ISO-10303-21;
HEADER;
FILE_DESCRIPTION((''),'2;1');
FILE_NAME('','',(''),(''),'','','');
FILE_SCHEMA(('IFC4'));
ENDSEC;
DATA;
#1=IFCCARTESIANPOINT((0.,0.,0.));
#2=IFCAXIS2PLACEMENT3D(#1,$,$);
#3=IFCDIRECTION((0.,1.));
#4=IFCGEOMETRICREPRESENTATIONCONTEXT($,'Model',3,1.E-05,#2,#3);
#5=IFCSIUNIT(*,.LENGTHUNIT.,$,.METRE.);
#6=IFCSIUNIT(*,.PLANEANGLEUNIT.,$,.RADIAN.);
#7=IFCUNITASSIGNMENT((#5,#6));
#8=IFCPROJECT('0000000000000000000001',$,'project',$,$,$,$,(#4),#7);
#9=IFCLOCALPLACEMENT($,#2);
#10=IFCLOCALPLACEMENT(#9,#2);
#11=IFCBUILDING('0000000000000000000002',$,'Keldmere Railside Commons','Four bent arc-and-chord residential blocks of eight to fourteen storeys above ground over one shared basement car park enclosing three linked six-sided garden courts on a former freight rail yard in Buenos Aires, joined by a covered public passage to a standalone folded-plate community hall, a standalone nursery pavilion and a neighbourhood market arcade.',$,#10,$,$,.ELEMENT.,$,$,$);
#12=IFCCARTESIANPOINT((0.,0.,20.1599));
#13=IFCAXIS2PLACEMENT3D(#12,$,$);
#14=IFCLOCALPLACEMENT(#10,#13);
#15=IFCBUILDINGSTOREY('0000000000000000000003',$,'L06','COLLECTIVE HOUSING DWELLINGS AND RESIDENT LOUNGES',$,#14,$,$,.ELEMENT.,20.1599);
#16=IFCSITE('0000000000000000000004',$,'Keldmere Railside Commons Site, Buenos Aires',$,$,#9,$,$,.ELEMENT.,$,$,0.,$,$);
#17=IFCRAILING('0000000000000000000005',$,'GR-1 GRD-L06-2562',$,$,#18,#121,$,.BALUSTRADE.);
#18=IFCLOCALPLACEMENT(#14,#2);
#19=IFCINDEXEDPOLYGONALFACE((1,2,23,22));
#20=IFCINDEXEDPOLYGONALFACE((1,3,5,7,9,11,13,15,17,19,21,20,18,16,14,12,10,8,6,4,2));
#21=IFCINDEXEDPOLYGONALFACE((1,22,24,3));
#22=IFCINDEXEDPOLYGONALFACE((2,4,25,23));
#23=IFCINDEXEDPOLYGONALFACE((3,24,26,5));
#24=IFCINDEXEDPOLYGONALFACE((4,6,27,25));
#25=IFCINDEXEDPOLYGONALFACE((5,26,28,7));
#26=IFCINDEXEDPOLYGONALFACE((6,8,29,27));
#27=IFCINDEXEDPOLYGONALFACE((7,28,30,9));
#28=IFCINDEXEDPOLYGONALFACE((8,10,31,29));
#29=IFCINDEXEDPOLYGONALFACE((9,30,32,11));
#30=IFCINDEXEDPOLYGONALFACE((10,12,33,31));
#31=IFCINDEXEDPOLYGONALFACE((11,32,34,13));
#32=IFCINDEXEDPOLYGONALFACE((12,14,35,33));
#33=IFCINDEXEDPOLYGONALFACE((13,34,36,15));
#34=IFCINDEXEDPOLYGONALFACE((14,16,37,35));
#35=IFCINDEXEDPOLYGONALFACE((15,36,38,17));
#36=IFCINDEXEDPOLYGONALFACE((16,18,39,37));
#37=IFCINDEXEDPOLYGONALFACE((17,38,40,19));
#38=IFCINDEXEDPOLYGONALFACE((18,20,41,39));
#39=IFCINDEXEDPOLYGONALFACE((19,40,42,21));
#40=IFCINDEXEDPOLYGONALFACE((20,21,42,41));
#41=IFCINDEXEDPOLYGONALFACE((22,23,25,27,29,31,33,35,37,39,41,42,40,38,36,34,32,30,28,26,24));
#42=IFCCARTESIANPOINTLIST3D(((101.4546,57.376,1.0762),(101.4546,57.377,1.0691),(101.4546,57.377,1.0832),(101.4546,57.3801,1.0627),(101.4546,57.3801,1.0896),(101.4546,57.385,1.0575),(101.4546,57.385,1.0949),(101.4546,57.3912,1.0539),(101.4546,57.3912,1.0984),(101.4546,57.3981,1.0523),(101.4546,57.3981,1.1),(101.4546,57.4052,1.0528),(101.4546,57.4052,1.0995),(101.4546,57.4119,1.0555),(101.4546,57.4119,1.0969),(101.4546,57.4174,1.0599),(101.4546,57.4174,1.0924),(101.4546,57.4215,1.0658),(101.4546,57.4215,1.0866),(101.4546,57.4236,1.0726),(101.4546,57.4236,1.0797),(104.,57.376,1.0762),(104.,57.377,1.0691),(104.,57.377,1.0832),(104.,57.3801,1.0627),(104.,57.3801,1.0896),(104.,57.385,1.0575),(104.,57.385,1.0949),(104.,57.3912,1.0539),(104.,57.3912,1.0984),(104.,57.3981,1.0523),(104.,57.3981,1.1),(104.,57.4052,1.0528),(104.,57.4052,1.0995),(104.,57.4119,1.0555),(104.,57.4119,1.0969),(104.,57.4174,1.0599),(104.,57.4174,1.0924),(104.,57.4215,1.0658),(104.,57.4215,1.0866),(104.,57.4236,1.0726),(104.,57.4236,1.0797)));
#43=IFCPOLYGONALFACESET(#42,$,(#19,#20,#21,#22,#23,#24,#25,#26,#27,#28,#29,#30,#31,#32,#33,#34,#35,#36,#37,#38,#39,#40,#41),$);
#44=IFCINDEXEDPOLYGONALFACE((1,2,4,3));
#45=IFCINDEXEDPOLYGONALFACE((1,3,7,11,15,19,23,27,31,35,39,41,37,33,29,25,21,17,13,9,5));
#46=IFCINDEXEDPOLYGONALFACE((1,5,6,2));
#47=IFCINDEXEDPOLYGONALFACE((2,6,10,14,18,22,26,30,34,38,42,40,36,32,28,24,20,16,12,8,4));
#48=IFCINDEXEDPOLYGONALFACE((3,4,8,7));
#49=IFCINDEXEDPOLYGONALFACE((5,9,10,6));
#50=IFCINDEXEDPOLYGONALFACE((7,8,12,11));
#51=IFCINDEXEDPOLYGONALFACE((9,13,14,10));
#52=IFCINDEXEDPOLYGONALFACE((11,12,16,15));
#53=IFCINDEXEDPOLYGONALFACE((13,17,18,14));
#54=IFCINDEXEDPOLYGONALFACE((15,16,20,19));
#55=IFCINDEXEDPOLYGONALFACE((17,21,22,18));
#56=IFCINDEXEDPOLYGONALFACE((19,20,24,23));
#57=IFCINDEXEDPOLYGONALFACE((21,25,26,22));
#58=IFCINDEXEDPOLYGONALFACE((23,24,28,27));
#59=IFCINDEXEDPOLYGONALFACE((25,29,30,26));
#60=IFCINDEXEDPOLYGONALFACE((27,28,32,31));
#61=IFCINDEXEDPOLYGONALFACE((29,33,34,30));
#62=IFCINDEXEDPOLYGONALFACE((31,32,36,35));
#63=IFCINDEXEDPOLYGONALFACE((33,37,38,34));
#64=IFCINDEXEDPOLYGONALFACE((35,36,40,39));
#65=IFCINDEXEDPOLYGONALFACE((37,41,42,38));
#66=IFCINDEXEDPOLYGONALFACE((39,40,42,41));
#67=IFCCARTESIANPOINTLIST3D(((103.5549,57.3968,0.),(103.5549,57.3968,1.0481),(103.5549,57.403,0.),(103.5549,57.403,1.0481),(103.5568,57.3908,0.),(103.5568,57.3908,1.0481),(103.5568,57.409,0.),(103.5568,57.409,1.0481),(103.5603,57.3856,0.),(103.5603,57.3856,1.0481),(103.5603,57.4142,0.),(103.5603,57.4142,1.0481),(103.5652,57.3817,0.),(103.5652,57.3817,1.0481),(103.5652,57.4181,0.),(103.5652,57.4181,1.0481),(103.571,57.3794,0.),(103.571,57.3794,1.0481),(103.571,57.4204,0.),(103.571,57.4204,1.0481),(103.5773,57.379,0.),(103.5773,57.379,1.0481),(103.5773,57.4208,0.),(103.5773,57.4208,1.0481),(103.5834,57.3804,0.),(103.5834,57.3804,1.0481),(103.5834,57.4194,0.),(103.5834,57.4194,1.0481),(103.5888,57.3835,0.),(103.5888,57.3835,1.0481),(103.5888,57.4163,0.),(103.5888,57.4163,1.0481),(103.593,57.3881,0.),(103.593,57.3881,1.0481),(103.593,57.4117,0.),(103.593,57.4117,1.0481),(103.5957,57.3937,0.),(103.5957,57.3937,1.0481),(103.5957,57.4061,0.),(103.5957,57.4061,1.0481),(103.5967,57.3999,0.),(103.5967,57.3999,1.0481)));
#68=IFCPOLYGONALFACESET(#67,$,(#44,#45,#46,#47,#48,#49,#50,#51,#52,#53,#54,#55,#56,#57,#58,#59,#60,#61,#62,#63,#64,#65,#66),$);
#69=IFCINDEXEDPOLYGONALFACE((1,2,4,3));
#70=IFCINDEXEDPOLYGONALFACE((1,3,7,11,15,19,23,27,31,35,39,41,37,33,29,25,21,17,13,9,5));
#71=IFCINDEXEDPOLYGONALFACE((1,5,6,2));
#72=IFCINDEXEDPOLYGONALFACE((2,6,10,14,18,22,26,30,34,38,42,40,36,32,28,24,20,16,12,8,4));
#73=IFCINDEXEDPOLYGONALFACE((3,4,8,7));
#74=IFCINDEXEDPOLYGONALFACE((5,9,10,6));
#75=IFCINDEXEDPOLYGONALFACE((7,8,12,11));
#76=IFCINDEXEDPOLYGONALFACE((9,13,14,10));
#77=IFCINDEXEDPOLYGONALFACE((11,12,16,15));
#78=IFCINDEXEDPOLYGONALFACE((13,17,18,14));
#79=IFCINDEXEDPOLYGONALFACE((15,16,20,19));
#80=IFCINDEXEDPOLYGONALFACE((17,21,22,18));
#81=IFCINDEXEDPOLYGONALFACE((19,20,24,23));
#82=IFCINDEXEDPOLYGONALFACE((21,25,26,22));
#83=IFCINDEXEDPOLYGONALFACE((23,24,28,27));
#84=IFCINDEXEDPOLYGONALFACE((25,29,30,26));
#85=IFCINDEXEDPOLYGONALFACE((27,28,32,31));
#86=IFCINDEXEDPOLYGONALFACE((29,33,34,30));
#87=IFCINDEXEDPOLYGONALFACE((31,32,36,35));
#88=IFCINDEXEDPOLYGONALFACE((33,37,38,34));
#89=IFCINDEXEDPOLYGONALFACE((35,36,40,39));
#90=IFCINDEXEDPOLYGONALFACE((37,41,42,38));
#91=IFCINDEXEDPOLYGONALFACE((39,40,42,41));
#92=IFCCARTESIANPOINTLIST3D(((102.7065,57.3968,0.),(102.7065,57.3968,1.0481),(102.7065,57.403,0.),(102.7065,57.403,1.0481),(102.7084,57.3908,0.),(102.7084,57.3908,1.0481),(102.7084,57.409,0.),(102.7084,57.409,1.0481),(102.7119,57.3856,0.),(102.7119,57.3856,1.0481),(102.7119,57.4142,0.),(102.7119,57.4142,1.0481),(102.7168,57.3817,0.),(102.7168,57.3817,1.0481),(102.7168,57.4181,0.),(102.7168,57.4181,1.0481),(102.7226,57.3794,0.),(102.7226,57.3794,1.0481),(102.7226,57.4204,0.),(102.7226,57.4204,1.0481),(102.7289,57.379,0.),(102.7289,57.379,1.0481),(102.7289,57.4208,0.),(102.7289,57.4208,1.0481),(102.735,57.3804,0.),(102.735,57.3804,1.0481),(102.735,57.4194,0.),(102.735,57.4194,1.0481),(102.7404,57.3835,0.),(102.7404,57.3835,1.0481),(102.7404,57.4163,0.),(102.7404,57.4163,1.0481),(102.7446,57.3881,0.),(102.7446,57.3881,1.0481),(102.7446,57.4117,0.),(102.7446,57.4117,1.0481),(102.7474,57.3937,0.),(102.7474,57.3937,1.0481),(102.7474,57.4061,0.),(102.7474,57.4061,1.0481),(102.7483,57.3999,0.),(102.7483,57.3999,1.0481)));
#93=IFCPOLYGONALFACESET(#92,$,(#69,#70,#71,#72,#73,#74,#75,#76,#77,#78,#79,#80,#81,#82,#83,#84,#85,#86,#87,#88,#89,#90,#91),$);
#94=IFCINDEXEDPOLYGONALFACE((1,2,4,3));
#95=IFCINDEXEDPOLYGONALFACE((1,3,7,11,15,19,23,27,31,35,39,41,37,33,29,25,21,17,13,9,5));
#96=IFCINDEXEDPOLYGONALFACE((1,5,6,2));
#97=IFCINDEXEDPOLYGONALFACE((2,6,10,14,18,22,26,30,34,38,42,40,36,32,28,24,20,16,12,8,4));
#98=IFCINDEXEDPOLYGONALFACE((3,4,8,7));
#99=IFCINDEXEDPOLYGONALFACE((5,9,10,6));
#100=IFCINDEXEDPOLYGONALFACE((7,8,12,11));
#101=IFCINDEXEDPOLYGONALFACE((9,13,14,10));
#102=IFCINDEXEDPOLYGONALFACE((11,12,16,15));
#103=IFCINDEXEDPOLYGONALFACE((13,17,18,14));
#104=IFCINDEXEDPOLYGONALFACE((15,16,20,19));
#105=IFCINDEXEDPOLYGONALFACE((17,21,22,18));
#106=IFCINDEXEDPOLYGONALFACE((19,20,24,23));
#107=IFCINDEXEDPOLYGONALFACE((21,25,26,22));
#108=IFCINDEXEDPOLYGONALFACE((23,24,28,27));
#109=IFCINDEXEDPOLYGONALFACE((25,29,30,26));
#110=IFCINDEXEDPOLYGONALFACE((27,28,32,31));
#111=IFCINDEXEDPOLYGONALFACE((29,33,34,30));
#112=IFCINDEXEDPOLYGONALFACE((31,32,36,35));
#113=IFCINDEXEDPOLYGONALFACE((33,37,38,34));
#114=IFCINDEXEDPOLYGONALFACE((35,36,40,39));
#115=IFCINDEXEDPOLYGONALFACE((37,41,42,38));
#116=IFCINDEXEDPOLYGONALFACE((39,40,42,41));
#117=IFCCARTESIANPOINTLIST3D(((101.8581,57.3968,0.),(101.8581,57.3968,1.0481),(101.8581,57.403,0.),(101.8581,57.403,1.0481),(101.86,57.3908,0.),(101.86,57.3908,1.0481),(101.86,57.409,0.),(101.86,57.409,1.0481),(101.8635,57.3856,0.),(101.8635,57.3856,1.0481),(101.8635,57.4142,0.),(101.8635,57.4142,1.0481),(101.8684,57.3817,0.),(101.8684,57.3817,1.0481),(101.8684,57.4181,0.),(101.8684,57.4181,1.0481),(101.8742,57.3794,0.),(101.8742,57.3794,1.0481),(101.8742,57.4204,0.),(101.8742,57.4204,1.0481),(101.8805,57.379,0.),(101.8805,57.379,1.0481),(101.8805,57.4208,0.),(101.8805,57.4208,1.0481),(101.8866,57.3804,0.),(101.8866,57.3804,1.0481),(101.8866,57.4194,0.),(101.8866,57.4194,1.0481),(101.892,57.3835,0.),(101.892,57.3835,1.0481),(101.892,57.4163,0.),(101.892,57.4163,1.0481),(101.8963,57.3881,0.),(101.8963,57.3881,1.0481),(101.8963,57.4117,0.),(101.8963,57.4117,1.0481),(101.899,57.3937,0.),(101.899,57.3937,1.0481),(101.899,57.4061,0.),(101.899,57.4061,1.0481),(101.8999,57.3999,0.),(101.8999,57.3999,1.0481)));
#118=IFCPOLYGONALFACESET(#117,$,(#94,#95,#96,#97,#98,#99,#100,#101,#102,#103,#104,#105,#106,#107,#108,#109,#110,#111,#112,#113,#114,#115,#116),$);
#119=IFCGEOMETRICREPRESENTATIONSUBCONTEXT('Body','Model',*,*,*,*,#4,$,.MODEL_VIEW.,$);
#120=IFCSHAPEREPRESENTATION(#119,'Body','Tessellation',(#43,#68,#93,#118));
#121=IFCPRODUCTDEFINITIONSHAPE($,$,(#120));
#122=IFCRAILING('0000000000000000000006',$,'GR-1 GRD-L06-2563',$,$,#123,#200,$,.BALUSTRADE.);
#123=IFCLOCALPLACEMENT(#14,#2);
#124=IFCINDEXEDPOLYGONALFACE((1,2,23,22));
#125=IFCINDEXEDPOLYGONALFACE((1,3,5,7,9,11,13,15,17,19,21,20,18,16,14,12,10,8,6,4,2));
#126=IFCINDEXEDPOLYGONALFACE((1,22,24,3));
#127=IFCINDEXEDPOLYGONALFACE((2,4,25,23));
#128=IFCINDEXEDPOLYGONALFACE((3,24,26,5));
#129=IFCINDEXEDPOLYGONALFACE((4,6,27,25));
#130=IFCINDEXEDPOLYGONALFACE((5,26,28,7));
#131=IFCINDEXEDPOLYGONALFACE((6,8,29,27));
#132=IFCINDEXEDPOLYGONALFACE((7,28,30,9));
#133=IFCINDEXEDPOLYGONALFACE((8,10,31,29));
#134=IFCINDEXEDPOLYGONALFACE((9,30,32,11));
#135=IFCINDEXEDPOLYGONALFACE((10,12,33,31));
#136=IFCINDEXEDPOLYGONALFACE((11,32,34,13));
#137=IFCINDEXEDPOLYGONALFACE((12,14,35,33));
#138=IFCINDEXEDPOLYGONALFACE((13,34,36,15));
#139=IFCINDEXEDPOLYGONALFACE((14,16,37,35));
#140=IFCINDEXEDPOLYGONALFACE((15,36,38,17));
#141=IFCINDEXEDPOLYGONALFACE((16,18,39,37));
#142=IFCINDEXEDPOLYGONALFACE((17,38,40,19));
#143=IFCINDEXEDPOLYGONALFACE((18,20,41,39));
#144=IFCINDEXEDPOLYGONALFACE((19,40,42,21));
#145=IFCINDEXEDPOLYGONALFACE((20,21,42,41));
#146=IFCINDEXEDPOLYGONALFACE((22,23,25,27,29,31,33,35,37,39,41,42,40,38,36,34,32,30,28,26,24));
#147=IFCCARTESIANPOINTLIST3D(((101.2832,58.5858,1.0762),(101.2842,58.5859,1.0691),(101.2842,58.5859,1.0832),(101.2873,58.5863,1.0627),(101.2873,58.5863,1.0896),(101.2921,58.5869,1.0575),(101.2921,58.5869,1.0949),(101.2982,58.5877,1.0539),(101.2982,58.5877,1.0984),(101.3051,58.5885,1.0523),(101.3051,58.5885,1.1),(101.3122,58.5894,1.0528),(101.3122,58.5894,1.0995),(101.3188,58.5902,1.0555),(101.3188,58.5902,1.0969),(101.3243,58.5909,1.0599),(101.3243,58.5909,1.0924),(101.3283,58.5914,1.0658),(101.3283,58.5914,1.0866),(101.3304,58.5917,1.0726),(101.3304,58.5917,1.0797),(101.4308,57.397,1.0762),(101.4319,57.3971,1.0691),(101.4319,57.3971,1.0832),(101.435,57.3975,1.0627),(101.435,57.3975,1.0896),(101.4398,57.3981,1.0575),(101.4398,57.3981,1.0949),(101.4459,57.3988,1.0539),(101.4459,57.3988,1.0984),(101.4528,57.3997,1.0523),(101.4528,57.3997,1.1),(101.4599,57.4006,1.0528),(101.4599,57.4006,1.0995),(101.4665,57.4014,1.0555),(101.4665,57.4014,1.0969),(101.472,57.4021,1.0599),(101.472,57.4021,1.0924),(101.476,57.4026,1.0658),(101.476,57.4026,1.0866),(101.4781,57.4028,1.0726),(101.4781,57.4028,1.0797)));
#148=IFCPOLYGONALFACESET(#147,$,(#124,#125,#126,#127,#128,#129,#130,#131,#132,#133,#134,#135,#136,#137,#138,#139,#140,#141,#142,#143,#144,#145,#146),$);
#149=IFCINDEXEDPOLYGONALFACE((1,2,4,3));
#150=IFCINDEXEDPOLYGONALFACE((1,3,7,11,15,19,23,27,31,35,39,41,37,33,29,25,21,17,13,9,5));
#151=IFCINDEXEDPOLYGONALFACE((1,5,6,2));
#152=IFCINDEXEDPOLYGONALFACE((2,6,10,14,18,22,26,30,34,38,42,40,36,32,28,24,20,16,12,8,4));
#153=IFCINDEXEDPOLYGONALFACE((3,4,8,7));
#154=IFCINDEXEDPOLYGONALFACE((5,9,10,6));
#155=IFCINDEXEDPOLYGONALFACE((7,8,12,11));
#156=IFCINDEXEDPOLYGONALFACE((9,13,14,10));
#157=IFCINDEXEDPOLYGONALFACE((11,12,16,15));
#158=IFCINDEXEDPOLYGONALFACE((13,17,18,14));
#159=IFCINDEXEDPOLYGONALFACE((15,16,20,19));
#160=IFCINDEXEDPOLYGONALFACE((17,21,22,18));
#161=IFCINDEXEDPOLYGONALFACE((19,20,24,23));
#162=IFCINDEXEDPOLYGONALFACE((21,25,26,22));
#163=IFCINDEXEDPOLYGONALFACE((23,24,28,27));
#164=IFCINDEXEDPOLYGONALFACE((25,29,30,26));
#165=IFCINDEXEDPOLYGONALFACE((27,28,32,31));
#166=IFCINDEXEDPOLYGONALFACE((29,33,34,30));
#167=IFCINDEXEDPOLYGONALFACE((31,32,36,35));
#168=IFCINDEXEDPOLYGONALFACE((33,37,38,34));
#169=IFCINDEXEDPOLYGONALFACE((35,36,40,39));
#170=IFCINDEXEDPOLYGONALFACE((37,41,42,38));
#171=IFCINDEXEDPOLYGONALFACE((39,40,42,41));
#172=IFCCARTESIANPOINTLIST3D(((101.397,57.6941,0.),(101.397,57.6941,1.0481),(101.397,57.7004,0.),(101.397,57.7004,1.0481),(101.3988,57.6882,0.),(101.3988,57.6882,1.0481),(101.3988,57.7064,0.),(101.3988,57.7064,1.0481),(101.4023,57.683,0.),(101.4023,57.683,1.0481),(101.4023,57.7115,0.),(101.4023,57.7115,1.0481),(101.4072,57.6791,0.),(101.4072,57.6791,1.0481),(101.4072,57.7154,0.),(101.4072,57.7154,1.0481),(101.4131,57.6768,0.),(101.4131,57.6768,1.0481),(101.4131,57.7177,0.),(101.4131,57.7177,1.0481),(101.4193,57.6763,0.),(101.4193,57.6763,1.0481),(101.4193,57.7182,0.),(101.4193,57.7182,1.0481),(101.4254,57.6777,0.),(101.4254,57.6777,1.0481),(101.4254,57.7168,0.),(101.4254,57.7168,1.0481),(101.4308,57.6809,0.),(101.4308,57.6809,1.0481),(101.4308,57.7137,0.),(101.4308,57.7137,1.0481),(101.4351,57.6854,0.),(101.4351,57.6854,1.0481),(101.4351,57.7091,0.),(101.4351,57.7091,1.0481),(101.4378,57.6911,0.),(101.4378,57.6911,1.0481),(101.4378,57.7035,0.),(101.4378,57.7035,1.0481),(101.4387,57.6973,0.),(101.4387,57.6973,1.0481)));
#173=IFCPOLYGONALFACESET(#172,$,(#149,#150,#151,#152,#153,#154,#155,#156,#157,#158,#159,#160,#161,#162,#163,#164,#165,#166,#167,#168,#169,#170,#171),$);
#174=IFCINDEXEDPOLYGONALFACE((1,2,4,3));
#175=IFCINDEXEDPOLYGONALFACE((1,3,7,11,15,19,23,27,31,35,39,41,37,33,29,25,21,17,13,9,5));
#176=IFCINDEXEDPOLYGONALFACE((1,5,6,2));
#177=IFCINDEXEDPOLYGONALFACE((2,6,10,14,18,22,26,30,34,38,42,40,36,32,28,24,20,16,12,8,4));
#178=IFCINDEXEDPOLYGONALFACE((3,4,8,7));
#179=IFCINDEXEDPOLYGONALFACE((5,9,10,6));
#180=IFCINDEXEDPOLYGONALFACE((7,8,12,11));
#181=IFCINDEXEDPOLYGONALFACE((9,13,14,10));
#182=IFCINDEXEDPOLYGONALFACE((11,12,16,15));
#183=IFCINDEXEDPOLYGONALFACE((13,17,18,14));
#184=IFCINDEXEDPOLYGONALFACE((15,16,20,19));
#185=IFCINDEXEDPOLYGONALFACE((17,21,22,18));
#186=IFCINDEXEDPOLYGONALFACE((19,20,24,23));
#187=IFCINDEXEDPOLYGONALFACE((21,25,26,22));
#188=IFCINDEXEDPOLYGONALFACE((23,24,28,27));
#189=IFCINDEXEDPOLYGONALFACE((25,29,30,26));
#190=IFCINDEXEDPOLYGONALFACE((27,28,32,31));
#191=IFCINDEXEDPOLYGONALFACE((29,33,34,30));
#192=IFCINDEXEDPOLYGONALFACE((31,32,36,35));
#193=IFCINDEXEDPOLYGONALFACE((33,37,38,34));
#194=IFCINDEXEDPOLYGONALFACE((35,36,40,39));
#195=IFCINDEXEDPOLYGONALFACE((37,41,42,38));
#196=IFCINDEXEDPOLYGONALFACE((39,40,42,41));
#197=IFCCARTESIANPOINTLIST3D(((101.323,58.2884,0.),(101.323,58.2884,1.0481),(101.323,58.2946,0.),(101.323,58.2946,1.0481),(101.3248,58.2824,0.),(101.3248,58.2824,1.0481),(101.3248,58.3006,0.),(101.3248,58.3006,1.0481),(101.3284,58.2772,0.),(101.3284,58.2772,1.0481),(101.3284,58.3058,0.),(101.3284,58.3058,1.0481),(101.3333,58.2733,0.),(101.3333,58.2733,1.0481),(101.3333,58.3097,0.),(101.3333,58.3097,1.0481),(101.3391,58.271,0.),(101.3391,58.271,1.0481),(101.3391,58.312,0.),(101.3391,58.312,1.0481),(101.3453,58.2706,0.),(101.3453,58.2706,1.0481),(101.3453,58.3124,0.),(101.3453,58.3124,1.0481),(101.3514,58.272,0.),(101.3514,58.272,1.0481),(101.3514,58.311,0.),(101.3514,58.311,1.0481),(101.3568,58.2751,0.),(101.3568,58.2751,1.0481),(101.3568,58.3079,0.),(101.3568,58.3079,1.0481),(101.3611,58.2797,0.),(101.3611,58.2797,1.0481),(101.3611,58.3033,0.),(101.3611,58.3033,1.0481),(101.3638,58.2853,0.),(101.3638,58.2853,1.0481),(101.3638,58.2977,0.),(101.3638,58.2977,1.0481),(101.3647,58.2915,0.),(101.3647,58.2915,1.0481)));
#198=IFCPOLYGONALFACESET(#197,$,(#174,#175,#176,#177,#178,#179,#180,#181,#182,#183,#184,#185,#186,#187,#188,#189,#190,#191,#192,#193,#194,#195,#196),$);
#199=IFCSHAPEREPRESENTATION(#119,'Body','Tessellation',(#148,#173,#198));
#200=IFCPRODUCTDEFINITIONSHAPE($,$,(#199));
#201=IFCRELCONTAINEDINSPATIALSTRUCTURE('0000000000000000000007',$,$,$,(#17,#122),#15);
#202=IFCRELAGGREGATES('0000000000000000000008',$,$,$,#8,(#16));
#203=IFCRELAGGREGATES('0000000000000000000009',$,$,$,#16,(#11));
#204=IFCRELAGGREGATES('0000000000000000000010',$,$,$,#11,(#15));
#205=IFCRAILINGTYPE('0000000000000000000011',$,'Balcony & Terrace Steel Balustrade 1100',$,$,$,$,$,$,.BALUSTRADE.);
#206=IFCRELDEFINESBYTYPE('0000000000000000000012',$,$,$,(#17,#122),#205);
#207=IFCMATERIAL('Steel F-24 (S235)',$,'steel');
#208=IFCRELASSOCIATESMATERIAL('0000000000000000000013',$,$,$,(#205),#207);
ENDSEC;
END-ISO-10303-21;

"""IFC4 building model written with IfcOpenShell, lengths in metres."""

from ifc_helpers import new_model, si_unit, direction, frame, origin, origin_2d, place, context, subcontext, project, spatial, circle, extrude, material, type_object, element, save


model = new_model("IFC4")

# Units and contexts
model_context = context("Model", 3, precision=1e-05, world=origin(), true_north=direction((0.0, 1.0)))
body_context = subcontext(model_context, "Body", "Model", "MODEL_VIEW")
ifc_project = project(units=[si_unit("LENGTHUNIT", "METRE"), si_unit("PLANEANGLEUNIT", "RADIAN")], contexts=[model_context])

# Site, building, storey
site_placement = place(None, origin())
site = spatial("IfcSite", under=ifc_project, at=site_placement, Name="Keldmere Railside Commons Site, Buenos Aires", CompositionType="ELEMENT", RefElevation=0.0)
building_placement = place(site_placement, origin())
building = spatial("IfcBuilding", under=site, at=building_placement, Name="Keldmere Railside Commons", Description="Four bent arc-and-chord residential blocks of eight to fourteen storeys above ground over one shared basement car park enclosing three linked six-sided garden courts on a former freight rail yard in Buenos Aires, joined by a covered public passage to a standalone folded-plate community hall, a standalone nursery pavilion and a neighbourhood market arcade.", CompositionType="ELEMENT")
storey_placement = place(building_placement, frame((0.0, 0.0, 20.1599)))
storey = spatial("IfcBuildingStorey", under=building, at=storey_placement, Name="L06", Description="COLLECTIVE HOUSING DWELLINGS AND RESIDENT LOUNGES", CompositionType="ELEMENT", Elevation=20.1599)

# Railings
ifc_material_1 = material(Name="Steel F-24 (S235)", Category="steel")
railing_type = type_object("IfcRailingType", Name="Balcony & Terrace Steel Balustrade 1100", PredefinedType="BALUSTRADE", material=ifc_material_1)
railing_1_placement = place(storey_placement, frame((104.0, 57.3999, 0.0)))
element("IfcRailing", 1, at=railing_1_placement, inside=storey, type_object=railing_type, Name="GR-1 GRD-L06-2562", PredefinedType="BALUSTRADE", context=body_context, shape_type="SweptSolid", body=[
    extrude(circle(Radius=0.0239, at=origin_2d()), frame((0.0, 0.0, 1.0762), z_axis=(-1.0, 0.0, 0.0), x_axis=(0.0, -1.0, 0.0)), (0.0, 0.0, 1.0), 2.5454),
    extrude(circle(Radius=0.021, at=origin_2d()), frame((-0.4243, 0.0, 0.0)), (0.0, 0.0, 1.0), 1.0481),
    extrude(circle(Radius=0.021, at=origin_2d()), frame((-1.2727, 0.0, 0.0)), (0.0, 0.0, 1.0), 1.0481),
    extrude(circle(Radius=0.021, at=origin_2d()), frame((-2.1211, 0.0, 0.0)), (0.0, 0.0, 1.0), 1.0481),
])
railing_2_placement = place(storey_placement, frame((101.4546, 57.3999, 0.0)))
element("IfcRailing", 2, at=railing_2_placement, inside=storey, type_object=railing_type, Name="GR-1 GRD-L06-2563", PredefinedType="BALUSTRADE", context=body_context, shape_type="SweptSolid", body=[
    extrude(circle(Radius=0.0239, at=origin_2d()), frame((0.0, 0.0, 1.0762), z_axis=(-0.123282, 0.992372, 0.0), x_axis=(-0.992372, -0.123282, 0.0)), (0.0, 0.0, 1.0), 1.198),
    extrude(circle(Radius=0.021, at=origin_2d()), frame((-0.0369, 0.2974, 0.0)), (0.0, 0.0, 1.0), 1.0481),
    extrude(circle(Radius=0.021, at=origin_2d()), frame((-0.1108, 0.8916, 0.0)), (0.0, 0.0, 1.0), 1.0481),
])

save(model, "model.ifc")
